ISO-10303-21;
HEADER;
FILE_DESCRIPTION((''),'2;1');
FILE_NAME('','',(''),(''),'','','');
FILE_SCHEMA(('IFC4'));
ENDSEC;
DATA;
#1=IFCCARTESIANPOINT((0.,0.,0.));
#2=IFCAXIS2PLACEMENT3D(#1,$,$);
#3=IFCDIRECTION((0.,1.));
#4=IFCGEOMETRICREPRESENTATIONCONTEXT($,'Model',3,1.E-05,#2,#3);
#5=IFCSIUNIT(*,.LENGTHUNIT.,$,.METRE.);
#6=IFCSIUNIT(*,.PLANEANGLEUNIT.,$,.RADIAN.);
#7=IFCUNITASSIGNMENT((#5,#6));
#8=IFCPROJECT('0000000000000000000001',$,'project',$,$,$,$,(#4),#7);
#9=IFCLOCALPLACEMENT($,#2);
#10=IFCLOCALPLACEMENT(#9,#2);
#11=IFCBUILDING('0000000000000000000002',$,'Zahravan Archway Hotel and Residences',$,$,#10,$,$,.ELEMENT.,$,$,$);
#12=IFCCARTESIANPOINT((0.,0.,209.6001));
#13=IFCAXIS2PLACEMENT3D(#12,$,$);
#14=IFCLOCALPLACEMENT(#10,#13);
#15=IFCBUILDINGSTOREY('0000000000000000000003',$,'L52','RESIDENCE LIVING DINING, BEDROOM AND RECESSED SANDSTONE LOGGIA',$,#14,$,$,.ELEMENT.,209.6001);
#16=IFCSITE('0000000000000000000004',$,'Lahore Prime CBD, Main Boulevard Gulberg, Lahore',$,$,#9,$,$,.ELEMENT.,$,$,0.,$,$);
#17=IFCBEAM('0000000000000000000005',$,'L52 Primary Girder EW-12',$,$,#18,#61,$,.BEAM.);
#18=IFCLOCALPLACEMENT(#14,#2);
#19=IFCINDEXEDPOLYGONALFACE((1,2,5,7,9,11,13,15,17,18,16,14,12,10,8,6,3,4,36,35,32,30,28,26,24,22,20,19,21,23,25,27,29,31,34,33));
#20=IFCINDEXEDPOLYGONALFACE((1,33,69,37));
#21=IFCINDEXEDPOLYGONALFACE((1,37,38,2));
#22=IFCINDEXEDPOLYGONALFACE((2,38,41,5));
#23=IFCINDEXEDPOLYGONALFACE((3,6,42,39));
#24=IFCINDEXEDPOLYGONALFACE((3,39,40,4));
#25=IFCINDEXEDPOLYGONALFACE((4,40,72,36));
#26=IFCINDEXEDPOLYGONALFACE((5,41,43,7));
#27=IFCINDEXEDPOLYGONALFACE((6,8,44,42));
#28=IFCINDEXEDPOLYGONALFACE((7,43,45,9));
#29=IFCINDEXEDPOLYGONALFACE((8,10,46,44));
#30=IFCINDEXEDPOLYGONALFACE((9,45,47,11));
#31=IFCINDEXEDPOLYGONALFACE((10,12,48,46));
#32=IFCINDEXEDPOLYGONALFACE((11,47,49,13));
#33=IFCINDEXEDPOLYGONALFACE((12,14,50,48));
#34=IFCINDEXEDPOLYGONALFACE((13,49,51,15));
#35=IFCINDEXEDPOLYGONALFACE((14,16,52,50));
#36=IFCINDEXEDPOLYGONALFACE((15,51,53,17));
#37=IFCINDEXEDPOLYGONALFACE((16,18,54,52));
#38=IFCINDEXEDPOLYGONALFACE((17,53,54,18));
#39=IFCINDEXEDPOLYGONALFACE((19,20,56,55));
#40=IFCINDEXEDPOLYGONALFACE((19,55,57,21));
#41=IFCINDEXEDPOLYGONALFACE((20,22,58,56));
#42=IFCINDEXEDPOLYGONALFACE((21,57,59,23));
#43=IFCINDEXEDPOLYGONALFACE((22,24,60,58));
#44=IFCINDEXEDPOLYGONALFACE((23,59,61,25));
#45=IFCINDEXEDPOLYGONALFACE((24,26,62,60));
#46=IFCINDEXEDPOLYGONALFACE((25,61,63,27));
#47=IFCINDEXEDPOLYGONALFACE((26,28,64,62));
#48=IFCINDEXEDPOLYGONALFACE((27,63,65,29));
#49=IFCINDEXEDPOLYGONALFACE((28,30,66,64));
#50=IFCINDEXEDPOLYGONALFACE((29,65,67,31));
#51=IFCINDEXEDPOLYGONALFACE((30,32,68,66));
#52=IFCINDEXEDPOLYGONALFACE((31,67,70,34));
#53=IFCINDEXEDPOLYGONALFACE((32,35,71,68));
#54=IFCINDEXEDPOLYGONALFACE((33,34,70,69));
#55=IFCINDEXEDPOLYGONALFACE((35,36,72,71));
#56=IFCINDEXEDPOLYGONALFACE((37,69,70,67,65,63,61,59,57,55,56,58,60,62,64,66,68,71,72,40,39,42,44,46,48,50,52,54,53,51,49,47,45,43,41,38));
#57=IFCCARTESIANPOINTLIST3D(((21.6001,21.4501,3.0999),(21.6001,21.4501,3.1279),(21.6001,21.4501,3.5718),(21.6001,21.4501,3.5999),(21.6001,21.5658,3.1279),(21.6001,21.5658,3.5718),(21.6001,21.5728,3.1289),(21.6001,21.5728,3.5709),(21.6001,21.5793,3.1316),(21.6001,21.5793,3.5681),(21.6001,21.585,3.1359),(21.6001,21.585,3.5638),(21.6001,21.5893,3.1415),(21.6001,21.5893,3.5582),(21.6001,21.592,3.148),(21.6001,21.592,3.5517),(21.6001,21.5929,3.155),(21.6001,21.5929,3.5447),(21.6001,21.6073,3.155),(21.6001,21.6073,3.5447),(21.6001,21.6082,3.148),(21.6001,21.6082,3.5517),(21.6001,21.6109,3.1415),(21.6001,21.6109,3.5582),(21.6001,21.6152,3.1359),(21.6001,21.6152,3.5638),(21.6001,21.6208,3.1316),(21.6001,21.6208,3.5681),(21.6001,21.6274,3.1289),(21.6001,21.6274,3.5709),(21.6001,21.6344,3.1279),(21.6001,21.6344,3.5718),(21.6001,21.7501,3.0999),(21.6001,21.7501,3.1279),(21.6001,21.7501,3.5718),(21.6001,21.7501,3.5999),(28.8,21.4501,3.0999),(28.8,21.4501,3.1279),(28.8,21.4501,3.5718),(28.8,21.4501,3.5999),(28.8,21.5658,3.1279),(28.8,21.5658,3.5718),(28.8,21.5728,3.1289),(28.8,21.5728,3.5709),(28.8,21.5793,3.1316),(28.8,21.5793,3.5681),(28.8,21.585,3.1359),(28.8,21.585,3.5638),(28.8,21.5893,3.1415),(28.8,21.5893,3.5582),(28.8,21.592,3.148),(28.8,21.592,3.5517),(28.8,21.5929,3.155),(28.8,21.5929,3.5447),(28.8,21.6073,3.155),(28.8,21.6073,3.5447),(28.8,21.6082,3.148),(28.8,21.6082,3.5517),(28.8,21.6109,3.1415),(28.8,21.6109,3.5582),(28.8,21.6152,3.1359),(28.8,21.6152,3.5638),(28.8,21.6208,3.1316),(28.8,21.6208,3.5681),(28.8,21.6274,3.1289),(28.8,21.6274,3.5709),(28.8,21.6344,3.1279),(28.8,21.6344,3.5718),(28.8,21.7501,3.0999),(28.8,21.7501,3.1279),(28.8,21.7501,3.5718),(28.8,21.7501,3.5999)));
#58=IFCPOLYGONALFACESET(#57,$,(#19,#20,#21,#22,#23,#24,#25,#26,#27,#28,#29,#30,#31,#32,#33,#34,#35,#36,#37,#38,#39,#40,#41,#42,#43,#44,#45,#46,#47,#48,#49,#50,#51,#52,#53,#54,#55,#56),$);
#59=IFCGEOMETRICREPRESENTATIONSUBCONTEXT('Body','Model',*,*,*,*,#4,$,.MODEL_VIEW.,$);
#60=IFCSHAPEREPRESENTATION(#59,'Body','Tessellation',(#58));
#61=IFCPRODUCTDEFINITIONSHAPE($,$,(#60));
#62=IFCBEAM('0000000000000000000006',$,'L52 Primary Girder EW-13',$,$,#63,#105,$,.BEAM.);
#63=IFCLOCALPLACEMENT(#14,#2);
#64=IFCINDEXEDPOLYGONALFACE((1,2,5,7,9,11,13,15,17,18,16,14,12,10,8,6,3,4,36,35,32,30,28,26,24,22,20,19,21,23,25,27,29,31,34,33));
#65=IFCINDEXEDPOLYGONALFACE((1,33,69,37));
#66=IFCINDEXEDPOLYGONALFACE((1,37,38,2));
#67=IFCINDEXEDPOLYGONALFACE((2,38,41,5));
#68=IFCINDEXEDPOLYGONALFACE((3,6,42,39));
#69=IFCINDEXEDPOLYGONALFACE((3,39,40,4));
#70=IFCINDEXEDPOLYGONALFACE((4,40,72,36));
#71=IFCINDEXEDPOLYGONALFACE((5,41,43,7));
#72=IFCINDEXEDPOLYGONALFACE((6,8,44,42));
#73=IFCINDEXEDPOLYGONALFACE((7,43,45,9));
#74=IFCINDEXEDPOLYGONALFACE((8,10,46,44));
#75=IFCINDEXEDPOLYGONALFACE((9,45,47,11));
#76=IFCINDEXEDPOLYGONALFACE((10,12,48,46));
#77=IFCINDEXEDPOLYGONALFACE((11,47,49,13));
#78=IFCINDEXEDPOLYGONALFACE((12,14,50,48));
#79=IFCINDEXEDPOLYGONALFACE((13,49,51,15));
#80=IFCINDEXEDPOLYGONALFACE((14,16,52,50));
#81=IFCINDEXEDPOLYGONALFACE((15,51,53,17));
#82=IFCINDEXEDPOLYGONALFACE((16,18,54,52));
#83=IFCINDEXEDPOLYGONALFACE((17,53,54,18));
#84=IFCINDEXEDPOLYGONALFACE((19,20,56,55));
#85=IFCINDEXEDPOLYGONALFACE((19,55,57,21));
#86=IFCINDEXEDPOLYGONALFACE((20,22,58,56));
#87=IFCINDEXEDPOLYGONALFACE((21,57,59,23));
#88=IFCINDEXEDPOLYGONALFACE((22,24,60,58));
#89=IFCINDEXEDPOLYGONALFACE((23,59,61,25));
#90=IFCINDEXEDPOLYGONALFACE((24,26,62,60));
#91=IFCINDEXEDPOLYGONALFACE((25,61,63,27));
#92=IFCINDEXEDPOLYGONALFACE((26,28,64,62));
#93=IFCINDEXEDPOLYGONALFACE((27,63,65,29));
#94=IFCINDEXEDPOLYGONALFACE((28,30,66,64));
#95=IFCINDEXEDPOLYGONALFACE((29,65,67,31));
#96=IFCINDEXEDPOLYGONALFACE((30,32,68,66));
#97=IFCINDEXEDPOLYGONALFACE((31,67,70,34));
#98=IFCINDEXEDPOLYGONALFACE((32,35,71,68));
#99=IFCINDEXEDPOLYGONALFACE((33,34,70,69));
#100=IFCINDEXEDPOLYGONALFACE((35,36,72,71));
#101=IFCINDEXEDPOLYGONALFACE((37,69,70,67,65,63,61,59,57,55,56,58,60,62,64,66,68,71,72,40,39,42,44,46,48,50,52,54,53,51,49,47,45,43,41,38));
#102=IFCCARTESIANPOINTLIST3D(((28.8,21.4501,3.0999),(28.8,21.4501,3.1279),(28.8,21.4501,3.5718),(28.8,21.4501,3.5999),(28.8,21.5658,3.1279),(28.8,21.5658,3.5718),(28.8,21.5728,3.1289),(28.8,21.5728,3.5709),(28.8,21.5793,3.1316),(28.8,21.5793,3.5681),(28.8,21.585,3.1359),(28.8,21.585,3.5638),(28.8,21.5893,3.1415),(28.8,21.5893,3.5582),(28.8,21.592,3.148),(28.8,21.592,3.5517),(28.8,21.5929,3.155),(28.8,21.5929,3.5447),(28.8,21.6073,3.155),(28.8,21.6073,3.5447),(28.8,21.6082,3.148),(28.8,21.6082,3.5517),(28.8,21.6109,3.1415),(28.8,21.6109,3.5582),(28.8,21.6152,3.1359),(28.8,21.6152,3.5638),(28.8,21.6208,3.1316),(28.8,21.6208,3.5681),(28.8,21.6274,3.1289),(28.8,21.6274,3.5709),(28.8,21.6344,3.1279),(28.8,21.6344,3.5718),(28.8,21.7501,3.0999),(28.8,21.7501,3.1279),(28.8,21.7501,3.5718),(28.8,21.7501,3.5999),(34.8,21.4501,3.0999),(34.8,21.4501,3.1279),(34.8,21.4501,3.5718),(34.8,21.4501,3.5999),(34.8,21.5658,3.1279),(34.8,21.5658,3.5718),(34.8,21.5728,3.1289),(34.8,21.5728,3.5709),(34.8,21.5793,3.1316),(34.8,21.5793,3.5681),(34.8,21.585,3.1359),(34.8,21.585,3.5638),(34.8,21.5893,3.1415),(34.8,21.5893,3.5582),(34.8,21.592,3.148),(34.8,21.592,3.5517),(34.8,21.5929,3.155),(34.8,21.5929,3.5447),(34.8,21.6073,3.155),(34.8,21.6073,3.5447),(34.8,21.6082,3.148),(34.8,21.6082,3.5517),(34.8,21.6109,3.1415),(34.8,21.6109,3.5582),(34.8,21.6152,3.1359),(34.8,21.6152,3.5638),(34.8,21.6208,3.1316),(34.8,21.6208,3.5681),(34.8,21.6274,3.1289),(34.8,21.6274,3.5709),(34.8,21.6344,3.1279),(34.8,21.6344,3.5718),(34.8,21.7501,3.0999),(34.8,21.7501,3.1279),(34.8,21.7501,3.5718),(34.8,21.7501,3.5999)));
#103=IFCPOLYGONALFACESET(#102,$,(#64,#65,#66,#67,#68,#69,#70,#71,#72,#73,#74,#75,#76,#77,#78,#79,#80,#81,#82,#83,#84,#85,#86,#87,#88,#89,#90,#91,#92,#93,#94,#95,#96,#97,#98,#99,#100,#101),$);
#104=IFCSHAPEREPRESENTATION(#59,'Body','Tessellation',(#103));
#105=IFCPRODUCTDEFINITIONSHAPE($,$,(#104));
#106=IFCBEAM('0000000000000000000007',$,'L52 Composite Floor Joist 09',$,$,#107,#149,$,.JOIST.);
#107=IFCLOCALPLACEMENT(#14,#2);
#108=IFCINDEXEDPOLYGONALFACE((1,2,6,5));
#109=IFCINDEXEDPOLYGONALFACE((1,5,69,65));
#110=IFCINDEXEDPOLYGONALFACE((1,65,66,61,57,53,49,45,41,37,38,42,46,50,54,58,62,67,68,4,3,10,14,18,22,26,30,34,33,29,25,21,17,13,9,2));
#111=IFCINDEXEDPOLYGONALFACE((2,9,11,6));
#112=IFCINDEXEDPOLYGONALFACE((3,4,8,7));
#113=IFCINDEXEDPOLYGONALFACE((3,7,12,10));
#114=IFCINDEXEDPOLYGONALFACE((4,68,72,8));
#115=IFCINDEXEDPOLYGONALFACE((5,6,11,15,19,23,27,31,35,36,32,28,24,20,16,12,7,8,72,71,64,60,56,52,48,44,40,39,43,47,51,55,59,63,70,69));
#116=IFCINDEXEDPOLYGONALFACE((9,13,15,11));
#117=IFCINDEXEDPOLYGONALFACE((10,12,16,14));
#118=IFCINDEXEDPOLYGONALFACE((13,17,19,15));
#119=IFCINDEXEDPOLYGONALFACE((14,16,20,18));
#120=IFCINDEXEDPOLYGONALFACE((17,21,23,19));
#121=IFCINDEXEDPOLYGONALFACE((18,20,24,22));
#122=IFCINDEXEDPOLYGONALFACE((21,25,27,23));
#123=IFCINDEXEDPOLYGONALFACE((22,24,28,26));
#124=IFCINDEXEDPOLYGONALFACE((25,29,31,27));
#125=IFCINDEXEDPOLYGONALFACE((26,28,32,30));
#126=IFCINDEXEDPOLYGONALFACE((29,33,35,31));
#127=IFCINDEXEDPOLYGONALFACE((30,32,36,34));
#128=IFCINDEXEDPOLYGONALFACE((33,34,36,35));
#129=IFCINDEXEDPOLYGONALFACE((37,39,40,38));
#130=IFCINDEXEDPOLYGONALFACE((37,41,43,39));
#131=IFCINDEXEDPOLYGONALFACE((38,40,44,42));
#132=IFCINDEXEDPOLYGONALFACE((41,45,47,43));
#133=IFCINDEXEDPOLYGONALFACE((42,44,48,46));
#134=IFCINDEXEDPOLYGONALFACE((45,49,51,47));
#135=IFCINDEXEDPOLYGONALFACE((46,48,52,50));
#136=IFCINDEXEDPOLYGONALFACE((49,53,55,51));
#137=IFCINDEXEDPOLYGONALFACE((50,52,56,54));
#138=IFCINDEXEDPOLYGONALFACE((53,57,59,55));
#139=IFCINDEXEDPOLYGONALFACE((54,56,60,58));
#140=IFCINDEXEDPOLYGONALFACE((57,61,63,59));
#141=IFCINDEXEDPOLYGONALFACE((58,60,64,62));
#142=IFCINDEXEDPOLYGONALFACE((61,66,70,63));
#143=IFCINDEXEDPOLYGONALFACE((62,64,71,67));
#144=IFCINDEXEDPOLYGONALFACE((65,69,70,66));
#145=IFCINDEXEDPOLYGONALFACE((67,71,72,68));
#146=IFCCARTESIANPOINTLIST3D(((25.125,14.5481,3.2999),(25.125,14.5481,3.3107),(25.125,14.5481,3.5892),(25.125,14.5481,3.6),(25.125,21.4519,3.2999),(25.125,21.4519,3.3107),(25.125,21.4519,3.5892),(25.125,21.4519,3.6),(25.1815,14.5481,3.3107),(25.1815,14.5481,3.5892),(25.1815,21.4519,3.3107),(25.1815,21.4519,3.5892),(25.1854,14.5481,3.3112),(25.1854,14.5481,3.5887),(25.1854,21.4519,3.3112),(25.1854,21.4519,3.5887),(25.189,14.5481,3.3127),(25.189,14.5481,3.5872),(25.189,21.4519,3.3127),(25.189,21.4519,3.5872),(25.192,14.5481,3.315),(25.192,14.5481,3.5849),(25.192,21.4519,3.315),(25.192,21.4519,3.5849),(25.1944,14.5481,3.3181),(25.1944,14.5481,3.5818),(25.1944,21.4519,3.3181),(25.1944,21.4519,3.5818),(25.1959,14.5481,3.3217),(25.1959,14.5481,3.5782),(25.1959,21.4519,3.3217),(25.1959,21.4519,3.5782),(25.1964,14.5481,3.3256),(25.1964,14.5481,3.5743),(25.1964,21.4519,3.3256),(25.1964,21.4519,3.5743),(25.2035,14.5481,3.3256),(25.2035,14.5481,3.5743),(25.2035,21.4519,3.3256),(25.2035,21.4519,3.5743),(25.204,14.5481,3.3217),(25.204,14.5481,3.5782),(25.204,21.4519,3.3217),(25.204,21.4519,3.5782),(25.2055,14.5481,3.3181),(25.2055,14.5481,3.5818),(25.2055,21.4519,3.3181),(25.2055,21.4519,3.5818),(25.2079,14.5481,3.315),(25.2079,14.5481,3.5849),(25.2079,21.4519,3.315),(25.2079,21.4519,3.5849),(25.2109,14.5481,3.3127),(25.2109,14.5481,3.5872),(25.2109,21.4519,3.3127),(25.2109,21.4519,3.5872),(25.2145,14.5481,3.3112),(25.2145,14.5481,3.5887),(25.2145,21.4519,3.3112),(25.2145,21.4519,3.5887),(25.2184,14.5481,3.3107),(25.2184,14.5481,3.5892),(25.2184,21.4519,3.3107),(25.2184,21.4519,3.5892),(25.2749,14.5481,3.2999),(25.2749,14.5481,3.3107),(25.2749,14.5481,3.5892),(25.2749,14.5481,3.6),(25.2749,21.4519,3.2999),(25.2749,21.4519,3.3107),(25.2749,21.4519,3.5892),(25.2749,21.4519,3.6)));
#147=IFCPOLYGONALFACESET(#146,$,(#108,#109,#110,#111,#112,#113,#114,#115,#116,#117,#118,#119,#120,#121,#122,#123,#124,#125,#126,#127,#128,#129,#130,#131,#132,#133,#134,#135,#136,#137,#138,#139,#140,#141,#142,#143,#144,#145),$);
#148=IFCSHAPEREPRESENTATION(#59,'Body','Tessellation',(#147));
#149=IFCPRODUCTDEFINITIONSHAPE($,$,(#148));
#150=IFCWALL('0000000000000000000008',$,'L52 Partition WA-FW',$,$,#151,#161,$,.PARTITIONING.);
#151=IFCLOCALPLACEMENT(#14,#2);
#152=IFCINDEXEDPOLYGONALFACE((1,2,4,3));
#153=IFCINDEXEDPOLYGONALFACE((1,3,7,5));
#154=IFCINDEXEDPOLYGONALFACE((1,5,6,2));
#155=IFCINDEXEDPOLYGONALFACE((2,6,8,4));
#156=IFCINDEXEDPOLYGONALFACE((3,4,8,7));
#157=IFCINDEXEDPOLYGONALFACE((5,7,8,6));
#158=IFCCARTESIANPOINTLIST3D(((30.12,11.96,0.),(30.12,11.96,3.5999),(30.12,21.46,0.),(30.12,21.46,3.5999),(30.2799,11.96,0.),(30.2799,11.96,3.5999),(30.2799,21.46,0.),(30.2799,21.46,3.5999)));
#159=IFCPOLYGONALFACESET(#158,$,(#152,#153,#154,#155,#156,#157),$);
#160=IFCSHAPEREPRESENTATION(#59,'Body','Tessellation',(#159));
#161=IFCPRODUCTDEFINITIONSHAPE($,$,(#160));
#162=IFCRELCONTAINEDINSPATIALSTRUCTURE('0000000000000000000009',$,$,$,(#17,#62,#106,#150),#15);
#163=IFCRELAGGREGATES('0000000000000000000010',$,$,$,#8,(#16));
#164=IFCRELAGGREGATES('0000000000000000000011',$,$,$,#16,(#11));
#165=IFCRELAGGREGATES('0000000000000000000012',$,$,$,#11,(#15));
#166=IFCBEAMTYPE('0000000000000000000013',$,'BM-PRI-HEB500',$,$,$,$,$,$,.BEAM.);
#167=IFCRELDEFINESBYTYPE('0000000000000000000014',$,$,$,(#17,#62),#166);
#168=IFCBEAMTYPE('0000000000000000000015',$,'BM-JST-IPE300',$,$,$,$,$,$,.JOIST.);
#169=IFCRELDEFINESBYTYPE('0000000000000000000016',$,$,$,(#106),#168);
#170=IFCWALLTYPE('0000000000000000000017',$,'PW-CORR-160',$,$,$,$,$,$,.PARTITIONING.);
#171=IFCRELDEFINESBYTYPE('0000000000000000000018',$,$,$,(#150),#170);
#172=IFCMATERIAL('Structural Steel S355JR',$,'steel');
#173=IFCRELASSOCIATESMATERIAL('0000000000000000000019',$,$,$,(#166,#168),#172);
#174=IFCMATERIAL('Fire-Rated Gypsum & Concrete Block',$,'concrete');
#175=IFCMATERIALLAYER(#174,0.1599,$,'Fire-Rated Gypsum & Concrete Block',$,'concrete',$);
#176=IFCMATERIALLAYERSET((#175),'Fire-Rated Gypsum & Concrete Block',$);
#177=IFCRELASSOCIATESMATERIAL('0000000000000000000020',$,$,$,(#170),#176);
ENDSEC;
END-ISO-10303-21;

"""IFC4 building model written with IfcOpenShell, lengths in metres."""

from ifc_helpers import new_model, si_unit, direction, frame, frame_2d, origin, origin_2d, place, context, subcontext, project, spatial, rectangle, i_section, extrude, source, transform, mapped, material, layer, layer_set, material_profile, profile_set, type_object, element, save


model = new_model("IFC4")

# Units and contexts
model_context = context("Model", 3, precision=1e-05, world=origin(), true_north=direction((0.0, 1.0)))
body_context = subcontext(model_context, "Body", "Model", "MODEL_VIEW")
ifc_project = project(units=[si_unit("LENGTHUNIT", "METRE"), si_unit("PLANEANGLEUNIT", "RADIAN")], contexts=[model_context])

# Site, building, storey
site_placement = place(None, origin())
site = spatial("IfcSite", under=ifc_project, at=site_placement, Name="Lahore Prime CBD, Main Boulevard Gulberg, Lahore", CompositionType="ELEMENT", RefElevation=0.0)
building_placement = place(site_placement, origin())
building = spatial("IfcBuilding", under=site, at=building_placement, Name="Zahravan Archway Hotel and Residences", CompositionType="ELEMENT")
storey_placement = place(building_placement, frame((0.0, 0.0, 209.6001)))
storey = spatial("IfcBuildingStorey", under=building, at=storey_placement, Name="L52", Description="RESIDENCE LIVING DINING, BEDROOM AND RECESSED SANDSTONE LOGGIA", CompositionType="ELEMENT", Elevation=209.6001)

# Beams
ifc_material_1 = material(Name="Structural Steel S355JR", Category="steel")
ifc_material_profile_1 = material_profile(ifc_material_1, i_section(OverallWidth=0.3, OverallDepth=0.5, WebThickness=0.0144, FlangeThickness=0.0281, FilletRadius=0.0271, at=origin_2d()), Name="HEB 500", Category="steel")
ifc_profile_set_1 = profile_set([ifc_material_profile_1], Name="Structural Steel S355JR")
beam_type_1 = type_object("IfcBeamType", Name="BM-PRI-HEB500", PredefinedType="BEAM", material=ifc_profile_set_1)
shared_shape_1 = source(origin(), body_context, "Body", "SweptSolid", [
    extrude(i_section(OverallWidth=0.3, OverallDepth=0.5, WebThickness=0.0144, FlangeThickness=0.0281, FilletRadius=0.0271, at=origin_2d()), origin(), (0.0, 0.0, 1.0), 7.2),
])
for number, where, z_axis, x_axis, name in (
    (1, (21.6001, 21.6001, 3.3499), (1.0, 0.0, 0.0), (0.0, 1.0, 0.0), "L52 Primary Girder EW-12"),
):
    element("IfcBeam", number, at=place(storey_placement, frame(where, z_axis=z_axis, x_axis=x_axis)), inside=storey, type_object=beam_type_1, Name=name, PredefinedType="BEAM", context=body_context, shape_type="MappedRepresentation", body=[
        mapped(shared_shape_1, transform((0.0, 0.0, 0.0), scale=1.0)),
    ])
shared_shape_2 = source(origin(), body_context, "Body", "SweptSolid", [
    extrude(i_section(OverallWidth=0.3, OverallDepth=0.5, WebThickness=0.0144, FlangeThickness=0.0281, FilletRadius=0.0271, at=origin_2d()), origin(), (0.0, 0.0, 1.0), 6.0),
])
beam_1_placement = place(storey_placement, frame((28.8, 21.6001, 3.3499), z_axis=(1.0, 0.0, 0.0), x_axis=(0.0, 1.0, 0.0)))
element("IfcBeam", 2, at=beam_1_placement, inside=storey, type_object=beam_type_1, Name="L52 Primary Girder EW-13", PredefinedType="BEAM", context=body_context, shape_type="MappedRepresentation", body=[
    mapped(shared_shape_2, transform((0.0, 0.0, 0.0), scale=1.0)),
])
ifc_material_profile_2 = material_profile(ifc_material_1, i_section(OverallWidth=0.1499, OverallDepth=0.3, WebThickness=0.0071, FlangeThickness=0.0107, FilletRadius=0.0149, at=origin_2d()), Name="IPE 300", Category="steel")
ifc_profile_set_2 = profile_set([ifc_material_profile_2], Name="Structural Steel S355JR")
beam_type_2 = type_object("IfcBeamType", Name="BM-JST-IPE300", PredefinedType="JOIST", material=ifc_profile_set_2)
shared_shape_3 = source(origin(), body_context, "Body", "SweptSolid", [
    extrude(i_section(OverallWidth=0.1499, OverallDepth=0.3, WebThickness=0.0071, FlangeThickness=0.0107, FilletRadius=0.0149, at=origin_2d()), origin(), (0.0, 0.0, 1.0), 6.9038),
])
beam_2_placement = place(storey_placement, frame((25.2, 14.5481, 3.45), z_axis=(0.0, 1.0, 0.0), x_axis=(-1.0, 0.0, 0.0)))
element("IfcBeam", 3, at=beam_2_placement, inside=storey, type_object=beam_type_2, Name="L52 Composite Floor Joist 09", PredefinedType="JOIST", context=body_context, shape_type="MappedRepresentation", body=[
    mapped(shared_shape_3, transform((0.0, 0.0, 0.0), scale=1.0)),
])

# Wall
ifc_material_2 = material(Name="Fire-Rated Gypsum & Concrete Block", Category="concrete")
ifc_layer_1 = layer(ifc_material_2, 0.1599, Name="Fire-Rated Gypsum & Concrete Block", Category="concrete")
ifc_layer_set_1 = layer_set([ifc_layer_1], Name="Fire-Rated Gypsum & Concrete Block")
wall_type_1 = type_object("IfcWallType", Name="PW-CORR-160", PredefinedType="PARTITIONING", material=ifc_layer_set_1)
wall_1_placement = place(storey_placement, frame((30.2, 11.96, 0.0), z_axis=(0.0, 0.0, 1.0), x_axis=(0.0, 1.0, 0.0)))
element("IfcWall", 4, at=wall_1_placement, inside=storey, type_object=wall_type_1, Name="L52 Partition WA-FW", PredefinedType="PARTITIONING", context=body_context, shape_type="SweptSolid", body=[
    extrude(rectangle(XDim=9.5, YDim=0.1599, at=frame_2d((4.75, 0.0))), origin(), (0.0, 0.0, 1.0), 3.5999),
])

save(model, "model.ifc")
